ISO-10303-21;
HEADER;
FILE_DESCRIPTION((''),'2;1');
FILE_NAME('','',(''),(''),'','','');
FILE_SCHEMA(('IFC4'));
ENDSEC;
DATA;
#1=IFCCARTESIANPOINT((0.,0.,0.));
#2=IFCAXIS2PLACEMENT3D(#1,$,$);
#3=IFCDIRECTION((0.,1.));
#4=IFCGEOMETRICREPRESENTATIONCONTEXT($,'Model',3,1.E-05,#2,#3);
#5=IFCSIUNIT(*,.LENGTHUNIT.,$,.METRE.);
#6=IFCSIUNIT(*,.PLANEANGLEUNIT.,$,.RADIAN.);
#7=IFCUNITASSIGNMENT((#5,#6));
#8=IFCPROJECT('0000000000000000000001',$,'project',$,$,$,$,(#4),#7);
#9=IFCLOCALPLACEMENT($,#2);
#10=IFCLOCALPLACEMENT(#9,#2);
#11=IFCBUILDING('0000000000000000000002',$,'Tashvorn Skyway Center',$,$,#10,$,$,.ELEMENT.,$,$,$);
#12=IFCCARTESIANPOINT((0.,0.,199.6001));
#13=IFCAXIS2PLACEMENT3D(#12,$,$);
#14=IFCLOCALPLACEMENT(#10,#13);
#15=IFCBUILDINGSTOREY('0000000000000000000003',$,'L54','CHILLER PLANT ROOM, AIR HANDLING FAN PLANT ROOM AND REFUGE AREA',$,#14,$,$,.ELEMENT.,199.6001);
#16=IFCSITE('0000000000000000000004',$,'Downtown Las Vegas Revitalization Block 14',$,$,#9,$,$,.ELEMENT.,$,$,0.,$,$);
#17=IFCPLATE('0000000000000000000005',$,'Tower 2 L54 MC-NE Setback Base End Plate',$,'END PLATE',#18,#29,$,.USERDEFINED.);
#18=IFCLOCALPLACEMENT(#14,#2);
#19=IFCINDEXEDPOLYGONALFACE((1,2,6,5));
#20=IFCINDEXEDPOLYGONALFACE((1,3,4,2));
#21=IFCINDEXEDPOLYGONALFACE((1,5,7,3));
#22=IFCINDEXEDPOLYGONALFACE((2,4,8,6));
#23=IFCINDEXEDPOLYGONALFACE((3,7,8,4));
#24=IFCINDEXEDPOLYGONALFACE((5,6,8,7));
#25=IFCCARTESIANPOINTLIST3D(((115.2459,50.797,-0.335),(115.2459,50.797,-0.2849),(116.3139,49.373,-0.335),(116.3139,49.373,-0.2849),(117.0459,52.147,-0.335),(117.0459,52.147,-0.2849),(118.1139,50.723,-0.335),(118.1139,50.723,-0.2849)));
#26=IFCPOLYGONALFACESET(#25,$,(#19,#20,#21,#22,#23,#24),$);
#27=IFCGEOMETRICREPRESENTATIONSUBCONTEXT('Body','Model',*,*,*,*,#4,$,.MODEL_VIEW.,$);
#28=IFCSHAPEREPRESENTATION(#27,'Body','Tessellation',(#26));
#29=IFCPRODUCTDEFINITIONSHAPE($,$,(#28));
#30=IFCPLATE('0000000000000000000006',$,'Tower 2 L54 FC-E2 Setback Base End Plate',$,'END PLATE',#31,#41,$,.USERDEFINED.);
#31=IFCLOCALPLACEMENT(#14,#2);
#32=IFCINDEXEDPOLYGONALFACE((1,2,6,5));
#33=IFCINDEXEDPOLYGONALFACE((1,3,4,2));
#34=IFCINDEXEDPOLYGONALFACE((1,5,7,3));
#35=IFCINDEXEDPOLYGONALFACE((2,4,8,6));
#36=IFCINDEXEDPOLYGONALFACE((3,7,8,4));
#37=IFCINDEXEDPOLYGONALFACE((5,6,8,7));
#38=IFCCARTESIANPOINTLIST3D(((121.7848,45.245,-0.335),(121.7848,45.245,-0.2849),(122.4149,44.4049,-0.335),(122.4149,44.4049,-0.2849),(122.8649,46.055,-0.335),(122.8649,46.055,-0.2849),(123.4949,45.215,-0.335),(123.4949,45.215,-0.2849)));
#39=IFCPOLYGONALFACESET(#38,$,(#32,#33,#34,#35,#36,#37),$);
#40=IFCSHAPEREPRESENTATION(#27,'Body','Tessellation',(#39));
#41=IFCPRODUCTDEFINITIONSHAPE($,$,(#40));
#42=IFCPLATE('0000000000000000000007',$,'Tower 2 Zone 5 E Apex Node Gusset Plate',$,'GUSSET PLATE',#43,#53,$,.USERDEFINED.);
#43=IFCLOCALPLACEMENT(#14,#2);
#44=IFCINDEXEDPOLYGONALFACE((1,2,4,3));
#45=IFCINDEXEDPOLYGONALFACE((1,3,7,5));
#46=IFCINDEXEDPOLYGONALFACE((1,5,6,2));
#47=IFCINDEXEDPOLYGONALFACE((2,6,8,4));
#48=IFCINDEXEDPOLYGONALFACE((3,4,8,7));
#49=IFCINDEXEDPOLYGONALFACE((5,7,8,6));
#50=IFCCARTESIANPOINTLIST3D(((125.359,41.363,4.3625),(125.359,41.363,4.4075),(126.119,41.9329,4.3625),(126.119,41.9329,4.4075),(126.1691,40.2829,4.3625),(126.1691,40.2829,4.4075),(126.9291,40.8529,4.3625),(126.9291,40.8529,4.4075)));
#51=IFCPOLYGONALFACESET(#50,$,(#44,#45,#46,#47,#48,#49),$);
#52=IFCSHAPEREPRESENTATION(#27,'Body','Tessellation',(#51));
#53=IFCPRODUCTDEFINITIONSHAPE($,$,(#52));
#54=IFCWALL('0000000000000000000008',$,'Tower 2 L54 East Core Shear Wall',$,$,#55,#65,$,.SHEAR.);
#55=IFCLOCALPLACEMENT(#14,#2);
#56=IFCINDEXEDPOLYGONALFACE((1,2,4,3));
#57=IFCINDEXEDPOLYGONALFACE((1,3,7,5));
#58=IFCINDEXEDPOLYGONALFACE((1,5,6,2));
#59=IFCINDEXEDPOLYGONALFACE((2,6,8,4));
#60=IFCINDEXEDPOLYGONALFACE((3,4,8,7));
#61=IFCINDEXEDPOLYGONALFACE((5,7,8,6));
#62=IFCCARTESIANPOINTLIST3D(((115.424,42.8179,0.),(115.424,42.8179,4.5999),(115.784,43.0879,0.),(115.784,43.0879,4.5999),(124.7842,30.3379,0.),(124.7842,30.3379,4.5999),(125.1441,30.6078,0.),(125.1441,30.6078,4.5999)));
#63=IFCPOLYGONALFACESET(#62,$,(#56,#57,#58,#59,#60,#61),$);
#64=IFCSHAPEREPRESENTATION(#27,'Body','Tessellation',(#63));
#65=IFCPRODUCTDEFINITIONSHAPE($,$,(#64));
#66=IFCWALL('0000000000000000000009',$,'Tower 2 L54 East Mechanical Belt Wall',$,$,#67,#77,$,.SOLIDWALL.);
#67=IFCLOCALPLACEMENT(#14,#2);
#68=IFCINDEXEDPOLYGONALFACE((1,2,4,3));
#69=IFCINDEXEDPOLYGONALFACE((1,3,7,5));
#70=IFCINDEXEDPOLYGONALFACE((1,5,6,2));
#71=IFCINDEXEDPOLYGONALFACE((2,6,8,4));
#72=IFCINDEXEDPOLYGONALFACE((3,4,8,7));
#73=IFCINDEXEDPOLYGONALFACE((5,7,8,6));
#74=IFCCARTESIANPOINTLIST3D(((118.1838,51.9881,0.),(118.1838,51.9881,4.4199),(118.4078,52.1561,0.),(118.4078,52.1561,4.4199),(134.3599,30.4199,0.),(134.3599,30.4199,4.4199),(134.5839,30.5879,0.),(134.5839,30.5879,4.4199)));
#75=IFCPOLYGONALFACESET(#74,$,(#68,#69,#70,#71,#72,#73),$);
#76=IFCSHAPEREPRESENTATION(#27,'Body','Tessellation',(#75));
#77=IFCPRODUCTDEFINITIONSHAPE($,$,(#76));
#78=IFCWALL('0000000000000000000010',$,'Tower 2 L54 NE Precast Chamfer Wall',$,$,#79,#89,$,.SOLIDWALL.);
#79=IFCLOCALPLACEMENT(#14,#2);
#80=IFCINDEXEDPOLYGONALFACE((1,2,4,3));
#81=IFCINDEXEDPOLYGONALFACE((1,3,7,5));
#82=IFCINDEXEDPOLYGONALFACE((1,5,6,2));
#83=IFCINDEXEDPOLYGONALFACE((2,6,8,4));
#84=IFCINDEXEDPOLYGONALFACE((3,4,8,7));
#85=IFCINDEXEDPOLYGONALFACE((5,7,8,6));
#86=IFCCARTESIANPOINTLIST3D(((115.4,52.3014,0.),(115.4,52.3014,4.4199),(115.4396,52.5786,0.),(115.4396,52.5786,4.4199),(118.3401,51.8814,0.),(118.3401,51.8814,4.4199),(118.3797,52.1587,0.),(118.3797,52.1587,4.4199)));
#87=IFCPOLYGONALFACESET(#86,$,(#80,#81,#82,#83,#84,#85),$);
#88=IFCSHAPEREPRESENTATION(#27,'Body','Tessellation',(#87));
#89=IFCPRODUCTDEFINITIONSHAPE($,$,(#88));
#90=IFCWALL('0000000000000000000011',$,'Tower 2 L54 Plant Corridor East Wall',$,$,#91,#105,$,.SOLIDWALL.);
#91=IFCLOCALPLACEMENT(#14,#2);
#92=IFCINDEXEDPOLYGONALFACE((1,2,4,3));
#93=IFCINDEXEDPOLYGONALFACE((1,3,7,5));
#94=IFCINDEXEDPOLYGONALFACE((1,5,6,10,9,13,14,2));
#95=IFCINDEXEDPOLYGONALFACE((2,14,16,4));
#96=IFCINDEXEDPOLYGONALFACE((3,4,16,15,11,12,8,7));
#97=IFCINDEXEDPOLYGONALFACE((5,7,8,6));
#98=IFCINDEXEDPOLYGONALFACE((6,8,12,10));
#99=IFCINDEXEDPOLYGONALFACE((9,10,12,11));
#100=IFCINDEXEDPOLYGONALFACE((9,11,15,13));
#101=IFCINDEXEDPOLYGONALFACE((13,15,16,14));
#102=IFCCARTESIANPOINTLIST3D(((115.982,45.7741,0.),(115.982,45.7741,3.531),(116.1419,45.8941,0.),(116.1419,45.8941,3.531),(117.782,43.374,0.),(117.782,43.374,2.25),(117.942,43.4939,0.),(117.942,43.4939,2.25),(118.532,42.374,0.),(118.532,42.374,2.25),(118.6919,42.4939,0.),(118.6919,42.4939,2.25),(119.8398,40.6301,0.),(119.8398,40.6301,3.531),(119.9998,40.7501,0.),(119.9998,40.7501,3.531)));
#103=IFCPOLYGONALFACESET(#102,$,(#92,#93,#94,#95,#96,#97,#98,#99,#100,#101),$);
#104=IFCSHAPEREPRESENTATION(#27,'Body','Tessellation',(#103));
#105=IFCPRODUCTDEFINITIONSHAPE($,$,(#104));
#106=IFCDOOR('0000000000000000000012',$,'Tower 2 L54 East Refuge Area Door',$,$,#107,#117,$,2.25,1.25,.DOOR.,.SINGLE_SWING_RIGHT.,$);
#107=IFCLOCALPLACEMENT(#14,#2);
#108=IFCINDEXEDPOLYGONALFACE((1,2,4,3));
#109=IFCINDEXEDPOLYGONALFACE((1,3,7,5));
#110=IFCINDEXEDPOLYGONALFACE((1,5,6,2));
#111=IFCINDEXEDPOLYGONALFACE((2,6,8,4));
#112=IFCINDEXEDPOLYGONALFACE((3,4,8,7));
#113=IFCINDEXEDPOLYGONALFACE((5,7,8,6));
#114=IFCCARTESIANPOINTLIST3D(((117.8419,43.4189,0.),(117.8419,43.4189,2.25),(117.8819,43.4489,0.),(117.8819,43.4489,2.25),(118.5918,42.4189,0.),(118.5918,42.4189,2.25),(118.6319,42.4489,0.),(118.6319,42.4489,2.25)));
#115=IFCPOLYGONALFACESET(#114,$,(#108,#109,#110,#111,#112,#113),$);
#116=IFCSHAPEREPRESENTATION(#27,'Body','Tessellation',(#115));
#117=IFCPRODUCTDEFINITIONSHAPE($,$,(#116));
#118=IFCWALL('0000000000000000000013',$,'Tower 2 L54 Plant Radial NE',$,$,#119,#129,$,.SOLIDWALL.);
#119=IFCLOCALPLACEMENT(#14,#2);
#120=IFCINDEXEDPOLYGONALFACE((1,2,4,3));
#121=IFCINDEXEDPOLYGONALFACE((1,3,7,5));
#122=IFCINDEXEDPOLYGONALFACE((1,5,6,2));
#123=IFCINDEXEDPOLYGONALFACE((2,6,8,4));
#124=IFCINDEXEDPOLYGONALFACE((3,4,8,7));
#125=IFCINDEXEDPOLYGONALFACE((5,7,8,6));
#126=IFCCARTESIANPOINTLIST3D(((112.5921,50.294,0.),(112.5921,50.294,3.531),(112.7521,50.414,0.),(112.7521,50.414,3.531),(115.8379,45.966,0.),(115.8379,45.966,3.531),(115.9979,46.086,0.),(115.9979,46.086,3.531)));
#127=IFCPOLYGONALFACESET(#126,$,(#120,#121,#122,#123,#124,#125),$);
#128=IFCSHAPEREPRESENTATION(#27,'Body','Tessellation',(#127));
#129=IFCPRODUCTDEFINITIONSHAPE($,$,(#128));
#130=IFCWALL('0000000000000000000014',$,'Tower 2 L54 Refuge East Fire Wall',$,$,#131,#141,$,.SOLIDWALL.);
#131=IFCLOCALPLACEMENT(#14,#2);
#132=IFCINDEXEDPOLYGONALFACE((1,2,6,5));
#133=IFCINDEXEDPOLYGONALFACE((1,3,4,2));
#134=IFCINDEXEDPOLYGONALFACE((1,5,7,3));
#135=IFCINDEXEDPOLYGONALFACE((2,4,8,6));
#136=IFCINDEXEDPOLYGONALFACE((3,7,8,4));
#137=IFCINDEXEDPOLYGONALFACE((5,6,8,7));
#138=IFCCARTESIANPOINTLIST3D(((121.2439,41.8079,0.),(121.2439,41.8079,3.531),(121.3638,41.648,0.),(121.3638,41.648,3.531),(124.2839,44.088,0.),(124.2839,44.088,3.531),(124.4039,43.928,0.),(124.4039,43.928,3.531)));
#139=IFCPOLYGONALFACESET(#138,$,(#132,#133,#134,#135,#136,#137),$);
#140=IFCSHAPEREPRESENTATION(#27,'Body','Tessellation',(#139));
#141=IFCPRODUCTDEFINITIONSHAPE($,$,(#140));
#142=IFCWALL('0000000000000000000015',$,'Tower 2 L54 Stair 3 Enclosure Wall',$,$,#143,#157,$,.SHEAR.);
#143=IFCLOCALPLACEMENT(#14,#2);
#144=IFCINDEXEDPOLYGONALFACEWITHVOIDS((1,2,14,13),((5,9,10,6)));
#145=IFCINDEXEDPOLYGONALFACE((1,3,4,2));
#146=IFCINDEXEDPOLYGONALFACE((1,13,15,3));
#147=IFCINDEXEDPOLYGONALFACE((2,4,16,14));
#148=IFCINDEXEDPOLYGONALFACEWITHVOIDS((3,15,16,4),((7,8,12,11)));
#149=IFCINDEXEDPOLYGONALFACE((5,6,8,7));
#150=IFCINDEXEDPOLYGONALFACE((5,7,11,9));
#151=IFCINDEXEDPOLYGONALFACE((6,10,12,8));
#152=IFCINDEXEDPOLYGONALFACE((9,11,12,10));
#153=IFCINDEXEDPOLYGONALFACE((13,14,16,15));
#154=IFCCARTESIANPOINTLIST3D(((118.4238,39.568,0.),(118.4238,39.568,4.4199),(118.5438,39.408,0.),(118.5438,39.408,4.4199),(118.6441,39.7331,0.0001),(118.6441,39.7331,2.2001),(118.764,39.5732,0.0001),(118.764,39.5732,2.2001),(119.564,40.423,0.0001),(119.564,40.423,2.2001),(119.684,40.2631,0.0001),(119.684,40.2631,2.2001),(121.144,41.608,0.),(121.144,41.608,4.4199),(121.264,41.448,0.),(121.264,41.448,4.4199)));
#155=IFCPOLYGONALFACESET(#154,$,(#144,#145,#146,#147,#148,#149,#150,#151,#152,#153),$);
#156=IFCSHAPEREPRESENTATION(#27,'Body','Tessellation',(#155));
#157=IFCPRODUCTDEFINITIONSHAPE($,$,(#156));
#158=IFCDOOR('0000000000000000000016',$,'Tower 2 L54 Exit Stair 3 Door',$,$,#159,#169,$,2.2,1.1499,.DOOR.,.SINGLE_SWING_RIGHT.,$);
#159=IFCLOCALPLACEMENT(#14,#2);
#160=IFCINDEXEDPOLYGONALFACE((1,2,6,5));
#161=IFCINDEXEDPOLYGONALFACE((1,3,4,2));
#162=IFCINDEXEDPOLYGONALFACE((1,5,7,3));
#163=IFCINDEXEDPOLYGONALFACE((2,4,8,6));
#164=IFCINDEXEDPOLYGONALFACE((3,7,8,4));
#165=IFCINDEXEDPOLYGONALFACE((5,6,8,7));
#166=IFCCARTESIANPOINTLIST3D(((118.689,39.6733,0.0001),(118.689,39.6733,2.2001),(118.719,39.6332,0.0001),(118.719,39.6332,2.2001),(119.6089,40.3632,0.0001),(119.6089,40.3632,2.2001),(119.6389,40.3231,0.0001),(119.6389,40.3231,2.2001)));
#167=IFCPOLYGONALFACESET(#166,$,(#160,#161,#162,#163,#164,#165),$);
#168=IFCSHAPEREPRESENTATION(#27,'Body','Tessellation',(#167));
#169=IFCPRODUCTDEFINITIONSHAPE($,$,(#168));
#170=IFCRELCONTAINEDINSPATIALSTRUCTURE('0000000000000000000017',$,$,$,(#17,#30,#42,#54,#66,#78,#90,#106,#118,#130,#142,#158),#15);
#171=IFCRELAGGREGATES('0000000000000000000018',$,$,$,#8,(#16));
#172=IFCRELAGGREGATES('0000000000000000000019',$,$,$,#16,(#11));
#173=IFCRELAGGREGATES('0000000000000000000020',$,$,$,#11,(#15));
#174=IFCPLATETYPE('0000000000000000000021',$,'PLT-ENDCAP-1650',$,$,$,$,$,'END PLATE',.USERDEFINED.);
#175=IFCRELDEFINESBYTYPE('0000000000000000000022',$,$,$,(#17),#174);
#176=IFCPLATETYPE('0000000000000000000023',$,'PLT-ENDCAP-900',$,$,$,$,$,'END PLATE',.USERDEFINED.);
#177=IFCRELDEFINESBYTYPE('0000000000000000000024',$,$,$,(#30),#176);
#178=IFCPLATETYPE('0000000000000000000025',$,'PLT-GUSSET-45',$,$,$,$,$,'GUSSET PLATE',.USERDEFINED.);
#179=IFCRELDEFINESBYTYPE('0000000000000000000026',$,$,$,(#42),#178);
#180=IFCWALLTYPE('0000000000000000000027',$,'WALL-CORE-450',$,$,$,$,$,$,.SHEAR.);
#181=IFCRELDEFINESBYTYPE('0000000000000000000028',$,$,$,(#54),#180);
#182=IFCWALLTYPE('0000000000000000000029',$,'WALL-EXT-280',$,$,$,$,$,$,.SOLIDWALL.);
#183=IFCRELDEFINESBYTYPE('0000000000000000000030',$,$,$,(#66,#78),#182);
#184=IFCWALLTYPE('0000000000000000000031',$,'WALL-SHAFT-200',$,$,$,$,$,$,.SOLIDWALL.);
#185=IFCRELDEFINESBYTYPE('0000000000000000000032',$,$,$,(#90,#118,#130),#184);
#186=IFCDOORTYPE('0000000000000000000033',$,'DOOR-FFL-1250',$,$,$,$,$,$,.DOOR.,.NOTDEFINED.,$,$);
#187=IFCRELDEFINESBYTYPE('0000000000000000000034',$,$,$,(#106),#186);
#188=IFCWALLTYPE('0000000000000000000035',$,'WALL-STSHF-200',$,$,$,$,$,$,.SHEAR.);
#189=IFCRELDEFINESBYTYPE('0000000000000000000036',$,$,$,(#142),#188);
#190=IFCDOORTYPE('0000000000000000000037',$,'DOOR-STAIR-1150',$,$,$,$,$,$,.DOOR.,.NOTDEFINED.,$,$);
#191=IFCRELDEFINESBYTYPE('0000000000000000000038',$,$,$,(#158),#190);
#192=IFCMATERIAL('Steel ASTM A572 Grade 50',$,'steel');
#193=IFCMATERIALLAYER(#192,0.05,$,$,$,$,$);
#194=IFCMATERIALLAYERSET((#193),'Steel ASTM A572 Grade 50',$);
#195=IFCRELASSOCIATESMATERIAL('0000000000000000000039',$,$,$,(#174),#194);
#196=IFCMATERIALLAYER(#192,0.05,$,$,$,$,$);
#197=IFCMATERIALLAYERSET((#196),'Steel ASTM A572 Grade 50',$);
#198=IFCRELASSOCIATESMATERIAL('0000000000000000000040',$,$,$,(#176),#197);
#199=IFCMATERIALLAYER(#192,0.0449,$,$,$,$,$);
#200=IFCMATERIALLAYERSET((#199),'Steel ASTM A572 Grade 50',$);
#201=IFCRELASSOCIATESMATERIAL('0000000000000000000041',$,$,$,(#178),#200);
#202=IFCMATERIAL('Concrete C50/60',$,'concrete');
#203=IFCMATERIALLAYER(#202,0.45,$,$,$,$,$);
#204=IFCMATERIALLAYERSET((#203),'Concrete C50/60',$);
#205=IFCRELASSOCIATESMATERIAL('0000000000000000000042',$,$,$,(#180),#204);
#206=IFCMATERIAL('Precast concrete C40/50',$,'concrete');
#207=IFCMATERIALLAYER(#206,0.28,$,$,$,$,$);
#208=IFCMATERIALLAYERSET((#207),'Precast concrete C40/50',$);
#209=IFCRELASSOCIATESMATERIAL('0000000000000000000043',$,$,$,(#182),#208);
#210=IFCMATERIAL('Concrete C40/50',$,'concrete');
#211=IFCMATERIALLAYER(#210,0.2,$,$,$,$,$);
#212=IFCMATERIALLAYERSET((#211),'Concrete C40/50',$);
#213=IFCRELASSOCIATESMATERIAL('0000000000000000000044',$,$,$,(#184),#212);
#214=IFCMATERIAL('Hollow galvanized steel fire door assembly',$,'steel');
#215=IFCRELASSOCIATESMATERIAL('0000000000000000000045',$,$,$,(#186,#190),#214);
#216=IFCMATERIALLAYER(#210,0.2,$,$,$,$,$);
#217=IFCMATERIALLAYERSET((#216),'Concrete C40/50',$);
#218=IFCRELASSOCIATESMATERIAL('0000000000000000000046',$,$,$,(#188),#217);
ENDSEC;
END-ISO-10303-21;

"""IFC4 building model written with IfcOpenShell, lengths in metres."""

from ifc_helpers import new_model, si_unit, direction, frame, frame_2d, origin, origin_2d, place, context, subcontext, project, spatial, rectangle, extrude, material, layer, layer_set, type_object, element, fill, save


model = new_model("IFC4")

# Units and contexts
model_context = context("Model", 3, precision=1e-05, world=origin(), true_north=direction((0.0, 1.0)))
body_context = subcontext(model_context, "Body", "Model", "MODEL_VIEW")
ifc_project = project(units=[si_unit("LENGTHUNIT", "METRE"), si_unit("PLANEANGLEUNIT", "RADIAN")], contexts=[model_context])

# Site, building, storey
site_placement = place(None, origin())
site = spatial("IfcSite", under=ifc_project, at=site_placement, Name="Downtown Las Vegas Revitalization Block 14", CompositionType="ELEMENT", RefElevation=0.0)
building_placement = place(site_placement, origin())
building = spatial("IfcBuilding", under=site, at=building_placement, Name="Tashvorn Skyway Center", CompositionType="ELEMENT")
storey_placement = place(building_placement, frame((0.0, 0.0, 199.6001)))
storey = spatial("IfcBuildingStorey", under=building, at=storey_placement, Name="L54", Description="CHILLER PLANT ROOM, AIR HANDLING FAN PLANT ROOM AND REFUGE AREA", CompositionType="ELEMENT", Elevation=199.6001)

# Shared definitions
ifc_material_1 = material(Name="Steel ASTM A572 Grade 50", Category="steel")

# Plates
ifc_layer_1 = layer(ifc_material_1, 0.05)
ifc_layer_set_1 = layer_set([ifc_layer_1], Name="Steel ASTM A572 Grade 50")
plate_type_1 = type_object("IfcPlateType", Name="PLT-ENDCAP-1650", ElementType="END PLATE", PredefinedType="USERDEFINED", material=ifc_layer_set_1)
plate_1_placement = place(storey_placement, frame((116.6799, 50.76, -0.335), z_axis=(0.0, 0.0, 1.0), x_axis=(0.8, 0.6, 0.0)))
element("IfcPlate", 1, at=plate_1_placement, inside=storey, type_object=plate_type_1, Name="Tower 2 L54 MC-NE Setback Base End Plate", ObjectType="END PLATE", PredefinedType="USERDEFINED", context=body_context, shape_type="SweptSolid", body=[
    extrude(rectangle(XDim=2.25, YDim=1.78, at=origin_2d()), origin(), (0.0, 0.0, 1.0), 0.05),
])
ifc_layer_2 = layer(ifc_material_1, 0.05)
ifc_layer_set_2 = layer_set([ifc_layer_2], Name="Steel ASTM A572 Grade 50")
plate_type_2 = type_object("IfcPlateType", Name="PLT-ENDCAP-900", ElementType="END PLATE", PredefinedType="USERDEFINED", material=ifc_layer_set_2)
plate_2_placement = place(storey_placement, frame((122.6399, 45.23, -0.335), z_axis=(0.0, 0.0, 1.0), x_axis=(0.8, 0.6, 0.0)))
element("IfcPlate", 2, at=plate_2_placement, inside=storey, type_object=plate_type_2, Name="Tower 2 L54 FC-E2 Setback Base End Plate", ObjectType="END PLATE", PredefinedType="USERDEFINED", context=body_context, shape_type="SweptSolid", body=[
    extrude(rectangle(XDim=1.3501, YDim=1.05, at=origin_2d()), origin(), (0.0, 0.0, 1.0), 0.05),
])
ifc_layer_3 = layer(ifc_material_1, 0.0449)
ifc_layer_set_3 = layer_set([ifc_layer_3], Name="Steel ASTM A572 Grade 50")
plate_type_3 = type_object("IfcPlateType", Name="PLT-GUSSET-45", ElementType="GUSSET PLATE", PredefinedType="USERDEFINED", material=ifc_layer_set_3)
plate_3_placement = place(storey_placement, frame((126.144, 41.1079, 4.3625), z_axis=(0.0, 0.0, 1.0), x_axis=(-0.6, 0.8, 0.0)))
element("IfcPlate", 3, at=plate_3_placement, inside=storey, type_object=plate_type_3, Name="Tower 2 Zone 5 E Apex Node Gusset Plate", ObjectType="GUSSET PLATE", PredefinedType="USERDEFINED", context=body_context, shape_type="SweptSolid", body=[
    extrude(rectangle(XDim=1.3501, YDim=0.95, at=origin_2d()), origin(), (0.0, 0.0, 1.0), 0.0449),
])

# Walls
ifc_material_2 = material(Name="Concrete C50/60", Category="concrete")
ifc_layer_4 = layer(ifc_material_2, 0.45)
ifc_layer_set_4 = layer_set([ifc_layer_4], Name="Concrete C50/60")
wall_type_1 = type_object("IfcWallType", Name="WALL-CORE-450", PredefinedType="SHEAR", material=ifc_layer_set_4)
wall_1_placement = place(storey_placement, frame((115.604, 42.9529, 0.0), z_axis=(0.0, 0.0, 1.0), x_axis=(0.600005, -0.799996, 0.0)))
element("IfcWall", 4, at=wall_1_placement, inside=storey, type_object=wall_type_1, Name="Tower 2 L54 East Core Shear Wall", PredefinedType="SHEAR", context=body_context, shape_type="SweptSolid", body=[
    extrude(rectangle(XDim=15.6001, YDim=0.45, at=frame_2d((7.8, 0.0))), origin(), (0.0, 0.0, 1.0), 4.5999),
])
ifc_material_3 = material(Name="Precast concrete C40/50", Category="concrete")
ifc_layer_5 = layer(ifc_material_3, 0.28)
ifc_layer_set_5 = layer_set([ifc_layer_5], Name="Precast concrete C40/50")
wall_type_2 = type_object("IfcWallType", Name="WALL-EXT-280", PredefinedType="SOLIDWALL", material=ifc_layer_set_5)
wall_2_placement = place(storey_placement, frame((118.2959, 52.072, 0.0), z_axis=(0.0, 0.0, 1.0), x_axis=(0.599999, -0.800001, 0.0)))
element("IfcWall", 5, at=wall_2_placement, inside=storey, type_object=wall_type_2, Name="Tower 2 L54 East Mechanical Belt Wall", PredefinedType="SOLIDWALL", context=body_context, shape_type="SweptSolid", body=[
    extrude(rectangle(XDim=26.9602, YDim=0.28, at=frame_2d((13.48, 0.0))), origin(), (0.0, 0.0, 1.0), 4.4199),
])
wall_3_placement = place(storey_placement, frame((115.4199, 52.4399, 0.0), z_axis=(0.0, 0.0, 1.0), x_axis=(0.989954, -0.141387, 0.0)))
element("IfcWall", 6, at=wall_3_placement, inside=storey, type_object=wall_type_2, Name="Tower 2 L54 NE Precast Chamfer Wall", PredefinedType="SOLIDWALL", context=body_context, shape_type="SweptSolid", body=[
    extrude(rectangle(XDim=2.97, YDim=0.28, at=frame_2d((1.4849, 0.0))), origin(), (0.0, 0.0, 1.0), 4.4199),
])

# Wall, opening, door
ifc_material_4 = material(Name="Concrete C40/50", Category="concrete")
ifc_layer_6 = layer(ifc_material_4, 0.2)
ifc_layer_set_6 = layer_set([ifc_layer_6], Name="Concrete C40/50")
wall_type_3 = type_object("IfcWallType", Name="WALL-SHAFT-200", PredefinedType="SOLIDWALL", material=ifc_layer_set_6)
wall_4_placement = place(storey_placement, frame((116.062, 45.834, 0.0), z_axis=(0.0, 0.0, 1.0), x_axis=(0.599988, -0.800009, 0.0)))
wall_4 = element("IfcWall", 7, at=wall_4_placement, inside=storey, type_object=wall_type_3, Name="Tower 2 L54 Plant Corridor East Wall", PredefinedType="SOLIDWALL", context=body_context, shape_type="SweptSolid", body=[
    extrude(rectangle(XDim=6.4299, YDim=0.2, at=frame_2d((3.2148, 0.0))), origin(), (0.0, 0.0, 1.0), 3.531),
])
opening_1_placement = place(wall_4_placement, frame((3.0, 0.0, 0.0)))
opening_1 = element("IfcOpeningElement", 8, at=opening_1_placement, cuts=wall_4, PredefinedType="OPENING", context=body_context, shape_type="SweptSolid", body=[
    extrude(rectangle(XDim=1.25, YDim=2.25, at=frame_2d((0.625, 1.125))), frame((0.0, 0.1099, 0.0), z_axis=(0.0, -1.0, 0.0), x_axis=(1.0, 0.0, 0.0)), (0.0, 0.0, 1.0), 0.22),
])
ifc_material_5 = material(Name="Hollow galvanized steel fire door assembly", Category="steel")
door_type_1 = type_object("IfcDoorType", Name="DOOR-FFL-1250", OperationType="NOTDEFINED", PredefinedType="DOOR", material=ifc_material_5)
door_1_placement = place(opening_1_placement, origin())
door_1 = element("IfcDoor", 9, at=door_1_placement, inside=storey, type_object=door_type_1, Name="Tower 2 L54 East Refuge Area Door", OperationType="SINGLE_SWING_RIGHT", OverallHeight=2.25, OverallWidth=1.25, PredefinedType="DOOR", context=body_context, shape_type="SweptSolid", body=[
    extrude(rectangle(XDim=1.25, YDim=2.25, at=frame_2d((0.625, 1.125))), frame((0.0, 0.0249, 0.0), z_axis=(0.0, -1.0, 0.0), x_axis=(1.0, 0.0, 0.0)), (0.0, 0.0, 1.0), 0.05),
])
fill(opening_1, door_1)

# Walls
wall_5_placement = place(storey_placement, frame((115.918, 46.0259, 0.0), z_axis=(0.0, 0.0, 1.0), x_axis=(-0.599971, 0.800022, 0.0)))
element("IfcWall", 10, at=wall_5_placement, inside=storey, type_object=wall_type_3, Name="Tower 2 L54 Plant Radial NE", PredefinedType="SOLIDWALL", context=body_context, shape_type="SweptSolid", body=[
    extrude(rectangle(XDim=5.4099, YDim=0.2, at=frame_2d((2.7051, 0.0))), origin(), (0.0, 0.0, 1.0), 3.531),
])
wall_6_placement = place(storey_placement, frame((121.304, 41.728, 0.0), z_axis=(0.0, 0.0, 1.0), x_axis=(0.8, 0.6, 0.0)))
element("IfcWall", 11, at=wall_6_placement, inside=storey, type_object=wall_type_3, Name="Tower 2 L54 Refuge East Fire Wall", PredefinedType="SOLIDWALL", context=body_context, shape_type="SweptSolid", body=[
    extrude(rectangle(XDim=3.8, YDim=0.2, at=frame_2d((1.8999, 0.0))), origin(), (0.0, 0.0, 1.0), 3.531),
])

# Wall, opening, door
ifc_layer_7 = layer(ifc_material_4, 0.2)
ifc_layer_set_7 = layer_set([ifc_layer_7], Name="Concrete C40/50")
wall_type_4 = type_object("IfcWallType", Name="WALL-STSHF-200", PredefinedType="SHEAR", material=ifc_layer_set_7)
wall_7_placement = place(storey_placement, frame((121.2041, 41.5281, 0.0), z_axis=(0.0, 0.0, 1.0), x_axis=(-0.800017, -0.599977, 0.0)))
wall_7 = element("IfcWall", 12, at=wall_7_placement, inside=storey, type_object=wall_type_4, Name="Tower 2 L54 Stair 3 Enclosure Wall", PredefinedType="SHEAR", context=body_context, shape_type="SweptSolid", body=[
    extrude(rectangle(XDim=3.4001, YDim=0.2, at=frame_2d((1.7002, 0.0))), origin(), (0.0, 0.0, 1.0), 4.4199),
])
opening_2_placement = place(wall_7_placement, frame((1.9751, 0.0, 0.0)))
opening_2 = element("IfcOpeningElement", 13, at=opening_2_placement, cuts=wall_7, PredefinedType="OPENING", context=body_context, shape_type="SweptSolid", body=[
    extrude(rectangle(XDim=1.1499, YDim=2.2, at=frame_2d((0.575, 1.1001))), frame((0.0, 0.1099, 0.0), z_axis=(0.0, -1.0, 0.0), x_axis=(1.0, 0.0, 0.0)), (0.0, 0.0, 1.0), 0.22),
])
door_type_2 = type_object("IfcDoorType", Name="DOOR-STAIR-1150", OperationType="NOTDEFINED", PredefinedType="DOOR", material=ifc_material_5)
door_2_placement = place(opening_2_placement, origin())
door_2 = element("IfcDoor", 14, at=door_2_placement, inside=storey, type_object=door_type_2, Name="Tower 2 L54 Exit Stair 3 Door", OperationType="SINGLE_SWING_RIGHT", OverallHeight=2.2, OverallWidth=1.1499, PredefinedType="DOOR", context=body_context, shape_type="SweptSolid", body=[
    extrude(rectangle(XDim=1.1499, YDim=2.2, at=frame_2d((0.575, 1.1001))), frame((0.0, 0.0249, 0.0), z_axis=(0.0, -1.0, 0.0), x_axis=(1.0, 0.0, 0.0)), (0.0, 0.0, 1.0), 0.05),
])
fill(opening_2, door_2)

save(model, "model.ifc")
